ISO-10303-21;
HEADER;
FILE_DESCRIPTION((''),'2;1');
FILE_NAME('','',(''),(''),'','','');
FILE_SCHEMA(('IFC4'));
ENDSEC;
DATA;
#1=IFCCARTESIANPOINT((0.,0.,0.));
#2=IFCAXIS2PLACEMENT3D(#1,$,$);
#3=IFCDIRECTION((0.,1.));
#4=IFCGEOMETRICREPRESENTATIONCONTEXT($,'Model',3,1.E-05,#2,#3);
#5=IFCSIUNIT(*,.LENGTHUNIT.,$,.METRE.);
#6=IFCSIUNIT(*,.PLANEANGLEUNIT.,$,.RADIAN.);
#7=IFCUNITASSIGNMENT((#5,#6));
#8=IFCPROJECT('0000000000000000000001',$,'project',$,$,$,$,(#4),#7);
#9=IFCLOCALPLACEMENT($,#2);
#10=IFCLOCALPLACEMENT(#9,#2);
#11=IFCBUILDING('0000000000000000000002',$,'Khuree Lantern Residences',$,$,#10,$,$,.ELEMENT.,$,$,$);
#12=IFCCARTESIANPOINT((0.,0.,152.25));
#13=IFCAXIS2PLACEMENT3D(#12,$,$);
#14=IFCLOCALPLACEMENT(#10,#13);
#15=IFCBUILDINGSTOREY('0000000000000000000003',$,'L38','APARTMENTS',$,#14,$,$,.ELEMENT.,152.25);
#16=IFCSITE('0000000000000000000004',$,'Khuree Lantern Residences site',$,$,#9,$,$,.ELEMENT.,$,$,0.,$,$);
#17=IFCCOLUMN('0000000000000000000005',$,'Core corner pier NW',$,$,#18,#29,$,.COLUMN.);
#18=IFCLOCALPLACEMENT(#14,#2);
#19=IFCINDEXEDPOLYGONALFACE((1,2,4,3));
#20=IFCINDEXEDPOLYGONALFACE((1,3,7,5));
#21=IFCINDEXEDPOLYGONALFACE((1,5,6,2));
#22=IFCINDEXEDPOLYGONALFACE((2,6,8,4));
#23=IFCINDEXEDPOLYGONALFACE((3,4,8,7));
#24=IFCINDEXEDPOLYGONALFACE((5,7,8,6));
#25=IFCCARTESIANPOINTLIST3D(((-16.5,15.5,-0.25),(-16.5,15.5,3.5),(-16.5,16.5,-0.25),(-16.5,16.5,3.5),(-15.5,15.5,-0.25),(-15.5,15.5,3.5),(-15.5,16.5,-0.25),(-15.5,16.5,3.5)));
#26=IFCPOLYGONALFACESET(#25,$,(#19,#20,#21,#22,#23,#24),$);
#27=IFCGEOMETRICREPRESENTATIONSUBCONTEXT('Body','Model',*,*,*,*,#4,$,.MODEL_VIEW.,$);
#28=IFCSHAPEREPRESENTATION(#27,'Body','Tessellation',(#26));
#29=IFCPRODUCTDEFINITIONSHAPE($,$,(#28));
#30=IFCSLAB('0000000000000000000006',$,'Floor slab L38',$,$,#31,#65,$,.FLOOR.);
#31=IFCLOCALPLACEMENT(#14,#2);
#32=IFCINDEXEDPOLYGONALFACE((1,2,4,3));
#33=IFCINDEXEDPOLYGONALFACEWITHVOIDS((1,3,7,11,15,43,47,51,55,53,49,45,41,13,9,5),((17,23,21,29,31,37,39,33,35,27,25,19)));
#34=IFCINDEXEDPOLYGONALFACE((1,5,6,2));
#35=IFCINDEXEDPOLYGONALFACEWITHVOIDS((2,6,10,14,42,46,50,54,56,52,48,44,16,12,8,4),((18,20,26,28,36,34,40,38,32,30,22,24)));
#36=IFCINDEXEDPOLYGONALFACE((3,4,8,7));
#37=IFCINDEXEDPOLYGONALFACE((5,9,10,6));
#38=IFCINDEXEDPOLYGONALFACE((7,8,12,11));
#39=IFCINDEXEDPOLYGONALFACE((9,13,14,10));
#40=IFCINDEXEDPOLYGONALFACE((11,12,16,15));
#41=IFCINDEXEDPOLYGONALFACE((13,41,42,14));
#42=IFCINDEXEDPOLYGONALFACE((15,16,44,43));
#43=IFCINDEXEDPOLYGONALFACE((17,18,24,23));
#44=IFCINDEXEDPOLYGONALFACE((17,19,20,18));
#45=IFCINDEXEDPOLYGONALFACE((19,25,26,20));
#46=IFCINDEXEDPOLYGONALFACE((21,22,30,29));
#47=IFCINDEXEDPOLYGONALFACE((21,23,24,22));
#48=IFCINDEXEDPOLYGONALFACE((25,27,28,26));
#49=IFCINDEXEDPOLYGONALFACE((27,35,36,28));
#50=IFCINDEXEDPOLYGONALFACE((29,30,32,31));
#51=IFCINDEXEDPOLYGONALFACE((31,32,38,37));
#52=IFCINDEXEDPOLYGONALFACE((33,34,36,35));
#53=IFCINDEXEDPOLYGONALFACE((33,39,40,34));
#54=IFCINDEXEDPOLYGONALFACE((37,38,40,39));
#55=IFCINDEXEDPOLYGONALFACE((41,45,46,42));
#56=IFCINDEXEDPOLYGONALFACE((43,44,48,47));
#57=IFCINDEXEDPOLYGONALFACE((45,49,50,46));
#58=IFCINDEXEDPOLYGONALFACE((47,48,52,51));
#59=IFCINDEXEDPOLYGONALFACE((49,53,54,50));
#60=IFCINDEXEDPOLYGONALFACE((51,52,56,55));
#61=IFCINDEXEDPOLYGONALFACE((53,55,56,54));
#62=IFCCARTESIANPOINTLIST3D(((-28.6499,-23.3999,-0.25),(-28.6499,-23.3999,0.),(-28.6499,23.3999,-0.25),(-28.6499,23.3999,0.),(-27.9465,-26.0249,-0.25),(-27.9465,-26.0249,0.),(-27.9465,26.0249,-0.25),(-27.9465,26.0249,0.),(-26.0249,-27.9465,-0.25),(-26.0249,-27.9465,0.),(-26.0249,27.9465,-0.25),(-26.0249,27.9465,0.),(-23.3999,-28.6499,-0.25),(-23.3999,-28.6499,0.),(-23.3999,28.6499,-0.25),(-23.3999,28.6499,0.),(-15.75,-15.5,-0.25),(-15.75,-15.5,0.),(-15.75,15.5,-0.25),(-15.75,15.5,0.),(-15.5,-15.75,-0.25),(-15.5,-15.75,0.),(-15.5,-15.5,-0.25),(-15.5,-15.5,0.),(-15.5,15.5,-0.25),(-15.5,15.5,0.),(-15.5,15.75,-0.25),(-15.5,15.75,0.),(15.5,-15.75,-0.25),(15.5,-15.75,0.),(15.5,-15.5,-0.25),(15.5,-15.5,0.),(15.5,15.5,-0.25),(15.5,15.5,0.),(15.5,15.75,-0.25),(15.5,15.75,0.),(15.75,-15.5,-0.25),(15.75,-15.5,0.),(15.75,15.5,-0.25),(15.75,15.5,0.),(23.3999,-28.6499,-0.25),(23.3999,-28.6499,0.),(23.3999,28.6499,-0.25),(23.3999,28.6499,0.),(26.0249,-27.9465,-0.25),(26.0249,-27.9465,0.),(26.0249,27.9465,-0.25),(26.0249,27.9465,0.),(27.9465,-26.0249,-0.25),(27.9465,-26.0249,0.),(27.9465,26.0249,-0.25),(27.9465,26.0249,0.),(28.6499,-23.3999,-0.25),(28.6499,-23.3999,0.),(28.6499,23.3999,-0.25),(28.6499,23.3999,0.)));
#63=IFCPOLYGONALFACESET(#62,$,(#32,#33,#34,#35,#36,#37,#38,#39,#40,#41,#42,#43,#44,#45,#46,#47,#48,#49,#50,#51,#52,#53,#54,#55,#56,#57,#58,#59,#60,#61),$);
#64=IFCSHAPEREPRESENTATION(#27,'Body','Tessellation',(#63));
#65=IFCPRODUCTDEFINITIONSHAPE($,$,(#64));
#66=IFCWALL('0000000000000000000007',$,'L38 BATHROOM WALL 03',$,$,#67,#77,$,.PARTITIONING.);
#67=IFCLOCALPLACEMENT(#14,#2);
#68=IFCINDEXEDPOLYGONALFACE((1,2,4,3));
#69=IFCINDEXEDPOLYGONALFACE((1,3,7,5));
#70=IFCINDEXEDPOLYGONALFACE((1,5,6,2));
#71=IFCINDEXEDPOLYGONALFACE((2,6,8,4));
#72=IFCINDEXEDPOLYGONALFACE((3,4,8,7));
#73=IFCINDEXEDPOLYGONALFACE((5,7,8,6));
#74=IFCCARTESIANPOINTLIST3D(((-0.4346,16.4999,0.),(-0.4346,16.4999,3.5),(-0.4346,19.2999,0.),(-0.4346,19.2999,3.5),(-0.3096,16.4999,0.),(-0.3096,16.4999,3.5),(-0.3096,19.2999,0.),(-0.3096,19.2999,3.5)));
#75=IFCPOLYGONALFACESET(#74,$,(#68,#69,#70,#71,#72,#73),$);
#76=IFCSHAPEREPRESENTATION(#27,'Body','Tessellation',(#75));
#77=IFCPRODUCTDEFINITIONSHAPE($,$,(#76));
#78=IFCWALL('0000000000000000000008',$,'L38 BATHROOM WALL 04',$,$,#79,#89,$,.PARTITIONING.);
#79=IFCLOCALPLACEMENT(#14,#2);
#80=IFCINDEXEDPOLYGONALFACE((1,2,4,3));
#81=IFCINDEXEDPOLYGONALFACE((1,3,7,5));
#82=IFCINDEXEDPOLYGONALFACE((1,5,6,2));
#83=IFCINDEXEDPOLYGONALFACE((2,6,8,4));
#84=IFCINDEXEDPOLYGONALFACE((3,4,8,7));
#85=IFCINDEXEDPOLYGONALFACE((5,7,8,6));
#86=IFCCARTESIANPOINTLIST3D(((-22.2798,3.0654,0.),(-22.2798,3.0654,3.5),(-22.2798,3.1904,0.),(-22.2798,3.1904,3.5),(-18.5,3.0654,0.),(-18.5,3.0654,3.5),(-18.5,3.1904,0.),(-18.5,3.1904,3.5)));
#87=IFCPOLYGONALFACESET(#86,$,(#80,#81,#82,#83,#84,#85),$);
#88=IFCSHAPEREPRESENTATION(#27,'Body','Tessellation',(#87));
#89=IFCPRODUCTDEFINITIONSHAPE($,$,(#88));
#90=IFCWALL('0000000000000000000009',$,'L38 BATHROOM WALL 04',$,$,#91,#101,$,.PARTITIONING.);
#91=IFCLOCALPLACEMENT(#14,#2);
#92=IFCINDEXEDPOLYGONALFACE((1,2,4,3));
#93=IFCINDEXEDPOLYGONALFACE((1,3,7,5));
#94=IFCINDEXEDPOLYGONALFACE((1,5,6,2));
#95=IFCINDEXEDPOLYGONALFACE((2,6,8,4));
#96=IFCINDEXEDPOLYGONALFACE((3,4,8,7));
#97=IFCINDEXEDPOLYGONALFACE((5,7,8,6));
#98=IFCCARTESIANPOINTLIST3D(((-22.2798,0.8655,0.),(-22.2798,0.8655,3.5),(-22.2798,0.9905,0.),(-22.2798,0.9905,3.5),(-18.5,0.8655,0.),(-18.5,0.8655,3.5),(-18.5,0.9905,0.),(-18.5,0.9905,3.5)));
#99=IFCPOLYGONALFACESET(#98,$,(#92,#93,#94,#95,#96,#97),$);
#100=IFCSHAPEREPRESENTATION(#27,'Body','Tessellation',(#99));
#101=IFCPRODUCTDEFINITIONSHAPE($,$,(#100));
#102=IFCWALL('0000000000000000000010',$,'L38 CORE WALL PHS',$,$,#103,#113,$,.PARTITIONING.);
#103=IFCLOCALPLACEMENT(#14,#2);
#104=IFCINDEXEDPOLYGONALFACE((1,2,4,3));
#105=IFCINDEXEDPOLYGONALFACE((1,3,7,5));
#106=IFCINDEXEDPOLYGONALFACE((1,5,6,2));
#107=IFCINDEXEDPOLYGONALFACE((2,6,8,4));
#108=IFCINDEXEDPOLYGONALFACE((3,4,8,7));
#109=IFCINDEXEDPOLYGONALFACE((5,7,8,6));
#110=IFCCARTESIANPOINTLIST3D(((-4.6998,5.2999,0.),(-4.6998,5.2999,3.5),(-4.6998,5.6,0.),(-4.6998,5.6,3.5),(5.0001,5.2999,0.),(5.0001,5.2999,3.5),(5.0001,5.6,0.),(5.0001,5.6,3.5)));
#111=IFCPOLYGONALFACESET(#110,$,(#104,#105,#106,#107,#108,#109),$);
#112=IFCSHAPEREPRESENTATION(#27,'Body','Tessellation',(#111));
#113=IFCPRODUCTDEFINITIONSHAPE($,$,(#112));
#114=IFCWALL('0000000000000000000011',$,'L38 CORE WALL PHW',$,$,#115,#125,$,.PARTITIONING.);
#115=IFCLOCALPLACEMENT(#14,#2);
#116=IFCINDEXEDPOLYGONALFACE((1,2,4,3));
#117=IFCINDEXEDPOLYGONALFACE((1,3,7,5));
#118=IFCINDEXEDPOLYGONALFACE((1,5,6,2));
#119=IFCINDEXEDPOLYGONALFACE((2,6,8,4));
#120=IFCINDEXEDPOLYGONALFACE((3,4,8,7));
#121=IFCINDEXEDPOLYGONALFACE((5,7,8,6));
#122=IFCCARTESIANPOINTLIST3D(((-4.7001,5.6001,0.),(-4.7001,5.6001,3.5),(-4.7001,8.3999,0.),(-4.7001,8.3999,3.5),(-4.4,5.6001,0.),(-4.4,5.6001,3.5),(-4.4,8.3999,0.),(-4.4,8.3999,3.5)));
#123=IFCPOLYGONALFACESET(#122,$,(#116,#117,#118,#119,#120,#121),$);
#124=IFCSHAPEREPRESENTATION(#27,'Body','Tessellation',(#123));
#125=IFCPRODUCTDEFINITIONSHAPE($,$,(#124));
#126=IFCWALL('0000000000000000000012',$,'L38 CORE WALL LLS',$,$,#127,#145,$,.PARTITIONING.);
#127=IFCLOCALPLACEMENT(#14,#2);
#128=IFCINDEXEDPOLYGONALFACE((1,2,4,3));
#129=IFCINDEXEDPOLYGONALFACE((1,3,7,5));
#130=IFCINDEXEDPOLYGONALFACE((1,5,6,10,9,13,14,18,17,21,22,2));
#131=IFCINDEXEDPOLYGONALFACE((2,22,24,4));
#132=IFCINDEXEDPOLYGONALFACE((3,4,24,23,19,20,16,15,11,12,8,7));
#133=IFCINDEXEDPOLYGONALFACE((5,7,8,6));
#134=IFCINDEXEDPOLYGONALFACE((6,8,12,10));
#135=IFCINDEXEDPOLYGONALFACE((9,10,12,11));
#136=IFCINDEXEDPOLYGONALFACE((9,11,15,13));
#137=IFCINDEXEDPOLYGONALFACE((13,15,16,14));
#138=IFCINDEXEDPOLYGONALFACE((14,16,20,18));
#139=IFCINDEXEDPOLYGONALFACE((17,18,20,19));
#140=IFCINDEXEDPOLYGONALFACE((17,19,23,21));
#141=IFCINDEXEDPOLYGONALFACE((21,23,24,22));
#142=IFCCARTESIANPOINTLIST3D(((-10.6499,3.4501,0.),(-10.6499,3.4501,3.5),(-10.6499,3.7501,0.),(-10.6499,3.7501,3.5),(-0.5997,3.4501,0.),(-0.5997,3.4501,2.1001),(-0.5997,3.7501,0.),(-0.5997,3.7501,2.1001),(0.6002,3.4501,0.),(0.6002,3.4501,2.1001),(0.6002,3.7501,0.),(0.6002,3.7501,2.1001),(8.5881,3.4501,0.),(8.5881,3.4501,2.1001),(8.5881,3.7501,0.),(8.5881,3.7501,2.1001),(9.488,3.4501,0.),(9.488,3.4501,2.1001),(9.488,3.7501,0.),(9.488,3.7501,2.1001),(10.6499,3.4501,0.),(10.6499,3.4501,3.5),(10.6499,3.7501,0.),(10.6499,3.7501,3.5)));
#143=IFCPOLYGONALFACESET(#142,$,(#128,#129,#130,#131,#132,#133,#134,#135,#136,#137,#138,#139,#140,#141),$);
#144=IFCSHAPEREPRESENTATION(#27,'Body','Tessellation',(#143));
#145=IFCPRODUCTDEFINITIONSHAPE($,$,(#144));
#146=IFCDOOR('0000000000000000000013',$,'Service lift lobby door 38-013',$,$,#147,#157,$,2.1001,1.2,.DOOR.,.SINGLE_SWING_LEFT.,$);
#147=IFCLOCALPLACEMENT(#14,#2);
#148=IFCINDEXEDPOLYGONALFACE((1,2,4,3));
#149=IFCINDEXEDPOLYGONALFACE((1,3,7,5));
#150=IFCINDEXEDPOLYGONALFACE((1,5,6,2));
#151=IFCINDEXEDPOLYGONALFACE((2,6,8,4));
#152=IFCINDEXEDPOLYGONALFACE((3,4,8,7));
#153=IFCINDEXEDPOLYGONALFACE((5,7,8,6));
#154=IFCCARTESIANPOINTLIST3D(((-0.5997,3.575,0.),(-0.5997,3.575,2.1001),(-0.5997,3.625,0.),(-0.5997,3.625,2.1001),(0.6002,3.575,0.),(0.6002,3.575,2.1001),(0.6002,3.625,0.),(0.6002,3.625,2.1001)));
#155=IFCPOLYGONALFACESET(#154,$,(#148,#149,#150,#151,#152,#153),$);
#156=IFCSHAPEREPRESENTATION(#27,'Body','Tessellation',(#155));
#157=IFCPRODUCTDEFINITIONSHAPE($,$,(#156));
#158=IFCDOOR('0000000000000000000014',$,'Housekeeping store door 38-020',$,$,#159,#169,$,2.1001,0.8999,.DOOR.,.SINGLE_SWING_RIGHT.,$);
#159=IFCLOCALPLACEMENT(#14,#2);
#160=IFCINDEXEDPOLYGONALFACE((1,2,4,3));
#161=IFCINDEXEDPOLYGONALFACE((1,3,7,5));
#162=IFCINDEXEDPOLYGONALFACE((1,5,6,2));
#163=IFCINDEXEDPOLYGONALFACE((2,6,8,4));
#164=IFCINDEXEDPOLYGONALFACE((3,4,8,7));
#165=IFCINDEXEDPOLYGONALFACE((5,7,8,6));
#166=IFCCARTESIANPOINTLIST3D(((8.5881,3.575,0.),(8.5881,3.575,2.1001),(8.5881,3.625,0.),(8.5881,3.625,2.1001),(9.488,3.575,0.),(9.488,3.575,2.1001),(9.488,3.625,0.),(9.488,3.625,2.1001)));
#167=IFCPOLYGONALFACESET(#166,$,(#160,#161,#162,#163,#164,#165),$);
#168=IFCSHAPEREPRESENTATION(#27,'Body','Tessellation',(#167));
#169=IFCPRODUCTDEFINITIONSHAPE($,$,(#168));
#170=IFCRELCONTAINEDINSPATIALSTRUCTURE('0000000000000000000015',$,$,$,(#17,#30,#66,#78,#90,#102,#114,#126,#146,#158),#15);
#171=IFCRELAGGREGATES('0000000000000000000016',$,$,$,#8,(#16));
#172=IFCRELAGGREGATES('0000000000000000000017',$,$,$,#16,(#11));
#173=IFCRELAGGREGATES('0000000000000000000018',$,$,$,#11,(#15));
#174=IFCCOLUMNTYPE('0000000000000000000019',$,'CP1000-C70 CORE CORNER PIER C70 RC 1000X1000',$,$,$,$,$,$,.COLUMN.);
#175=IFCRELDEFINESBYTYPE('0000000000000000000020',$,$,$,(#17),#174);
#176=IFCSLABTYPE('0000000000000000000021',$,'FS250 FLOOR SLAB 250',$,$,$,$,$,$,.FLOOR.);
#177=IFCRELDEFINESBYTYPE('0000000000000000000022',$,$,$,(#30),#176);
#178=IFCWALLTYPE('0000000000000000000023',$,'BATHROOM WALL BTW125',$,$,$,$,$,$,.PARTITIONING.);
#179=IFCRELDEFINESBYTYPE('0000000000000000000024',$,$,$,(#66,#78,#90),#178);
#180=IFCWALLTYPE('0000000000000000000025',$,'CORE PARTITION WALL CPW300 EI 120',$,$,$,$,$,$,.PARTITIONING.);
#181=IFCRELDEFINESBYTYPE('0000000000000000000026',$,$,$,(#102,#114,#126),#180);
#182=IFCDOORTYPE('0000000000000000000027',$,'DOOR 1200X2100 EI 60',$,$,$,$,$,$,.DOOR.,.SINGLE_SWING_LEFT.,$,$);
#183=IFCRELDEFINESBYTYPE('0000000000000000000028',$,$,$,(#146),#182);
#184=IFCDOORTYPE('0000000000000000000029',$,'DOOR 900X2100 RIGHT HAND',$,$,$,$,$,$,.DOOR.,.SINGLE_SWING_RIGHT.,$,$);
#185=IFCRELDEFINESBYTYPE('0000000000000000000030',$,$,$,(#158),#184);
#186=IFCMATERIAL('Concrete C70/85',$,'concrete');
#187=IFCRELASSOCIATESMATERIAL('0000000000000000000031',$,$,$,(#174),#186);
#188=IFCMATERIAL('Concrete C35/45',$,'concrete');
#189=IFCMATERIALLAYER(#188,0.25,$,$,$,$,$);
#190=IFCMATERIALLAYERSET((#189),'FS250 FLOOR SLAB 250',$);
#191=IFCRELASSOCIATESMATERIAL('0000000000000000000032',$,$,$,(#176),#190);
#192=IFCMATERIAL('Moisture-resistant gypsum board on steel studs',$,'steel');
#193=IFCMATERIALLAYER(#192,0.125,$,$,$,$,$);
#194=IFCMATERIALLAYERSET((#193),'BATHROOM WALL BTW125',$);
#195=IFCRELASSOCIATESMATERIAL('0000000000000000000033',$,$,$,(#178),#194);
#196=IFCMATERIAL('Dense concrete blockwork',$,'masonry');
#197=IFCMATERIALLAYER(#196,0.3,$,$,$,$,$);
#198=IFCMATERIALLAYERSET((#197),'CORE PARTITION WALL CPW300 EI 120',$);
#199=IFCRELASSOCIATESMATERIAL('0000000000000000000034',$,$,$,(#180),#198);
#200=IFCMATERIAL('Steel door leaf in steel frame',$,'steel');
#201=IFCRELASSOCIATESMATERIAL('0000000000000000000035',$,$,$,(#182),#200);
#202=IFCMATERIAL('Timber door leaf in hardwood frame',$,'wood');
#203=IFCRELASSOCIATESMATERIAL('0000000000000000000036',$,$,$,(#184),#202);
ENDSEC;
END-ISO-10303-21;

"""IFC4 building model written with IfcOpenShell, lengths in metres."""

from ifc_helpers import new_model, si_unit, direction, frame, frame_2d, origin, origin_2d, place, context, subcontext, project, spatial, polyline, rectangle, outline, extrude, material, layer, layer_set, material_profile, profile_set, type_object, element, fill, save


model = new_model("IFC4")

# Units and contexts
model_context = context("Model", 3, precision=1e-05, world=origin(), true_north=direction((0.0, 1.0)))
body_context = subcontext(model_context, "Body", "Model", "MODEL_VIEW")
ifc_project = project(units=[si_unit("LENGTHUNIT", "METRE"), si_unit("PLANEANGLEUNIT", "RADIAN")], contexts=[model_context])

# Site, building, storey
site_placement = place(None, origin())
site = spatial("IfcSite", under=ifc_project, at=site_placement, Name="Khuree Lantern Residences site", CompositionType="ELEMENT", RefElevation=0.0)
building_placement = place(site_placement, origin())
building = spatial("IfcBuilding", under=site, at=building_placement, Name="Khuree Lantern Residences", CompositionType="ELEMENT")
storey_placement = place(building_placement, frame((0.0, 0.0, 152.25)))
storey = spatial("IfcBuildingStorey", under=building, at=storey_placement, Name="L38", Description="APARTMENTS", CompositionType="ELEMENT", Elevation=152.25)

# Column
ifc_material_1 = material(Name="Concrete C70/85", Category="concrete")
ifc_material_profile = material_profile(ifc_material_1, rectangle(XDim=1.0, YDim=1.0, at=origin_2d()), Name="RC 1000X1000")
ifc_profile_set = profile_set([ifc_material_profile], Name="Concrete C70/85")
column_type = type_object("IfcColumnType", Name="CP1000-C70 CORE CORNER PIER C70 RC 1000X1000", PredefinedType="COLUMN", material=ifc_profile_set)
column_placement = place(storey_placement, frame((-16.0, 16.0, -0.25), z_axis=(0.0, 0.0, 1.0), x_axis=(1.0, 0.0, 0.0)))
element("IfcColumn", 1, at=column_placement, inside=storey, type_object=column_type, Name="Core corner pier NW", PredefinedType="COLUMN", context=body_context, shape_type="SweptSolid", body=[
    extrude(rectangle(XDim=1.0, YDim=1.0, at=origin_2d()), origin(), (0.0, 0.0, 1.0), 3.75),
])

# Slab
ifc_material_2 = material(Name="Concrete C35/45", Category="concrete")
ifc_layer_1 = layer(ifc_material_2, 0.25)
ifc_layer_set_1 = layer_set([ifc_layer_1], Name="FS250 FLOOR SLAB 250")
slab_type = type_object("IfcSlabType", Name="FS250 FLOOR SLAB 250", PredefinedType="FLOOR", material=ifc_layer_set_1)
slab_placement = place(storey_placement, frame((0.0, 0.0, -0.25)))
element("IfcSlab", 2, at=slab_placement, inside=storey, type_object=slab_type, Name="Floor slab L38", PredefinedType="FLOOR", context=body_context, shape_type="SweptSolid", body=[
    extrude(outline(polyline([(-26.0249, -27.9465), (-27.9465, -26.0249), (-28.6499, -23.3999), (-28.6499, 23.3999), (-27.9465, 26.0249), (-26.0249, 27.9465), (-23.3999, 28.6499), (23.3999, 28.6499), (26.0249, 27.9465), (27.9465, 26.0249), (28.6499, 23.3999), (28.6499, -23.3999), (27.9465, -26.0249), (26.0249, -27.9465), (23.3999, -28.6499), (-23.3999, -28.6499), (-26.0249, -27.9465)]), holes=[polyline([(15.75, 15.5), (15.5, 15.5), (15.5, 15.75), (-15.5, 15.75), (-15.5, 15.5), (-15.75, 15.5), (-15.75, -15.5), (-15.5, -15.5), (-15.5, -15.75), (15.5, -15.75), (15.5, -15.5), (15.75, -15.5), (15.75, 15.5)])]), origin(), (0.0, 0.0, 1.0), 0.25),
])

# Walls
ifc_material_3 = material(Name="Moisture-resistant gypsum board on steel studs", Category="steel")
ifc_layer_2 = layer(ifc_material_3, 0.125)
ifc_layer_set_2 = layer_set([ifc_layer_2], Name="BATHROOM WALL BTW125")
wall_type_1 = type_object("IfcWallType", Name="BATHROOM WALL BTW125", PredefinedType="PARTITIONING", material=ifc_layer_set_2)
wall_1_placement = place(storey_placement, frame((-0.3721, 16.5, 0.0), z_axis=(0.0, 0.0, 1.0), x_axis=(0.0, 1.0, 0.0)))
element("IfcWall", 3, at=wall_1_placement, inside=storey, type_object=wall_type_1, Name="L38 BATHROOM WALL 03", PredefinedType="PARTITIONING", context=body_context, shape_type="SweptSolid", body=[
    extrude(rectangle(XDim=2.8, YDim=0.125, at=frame_2d((1.3999, 0.0))), origin(), (0.0, 0.0, 1.0), 3.5),
])
for number, where, z_axis, x_axis, name in (
    (4, (-18.5, 3.1279, 0.0), (0.0, 0.0, 1.0), (-1.0, 0.0, 0.0), "L38 BATHROOM WALL 04"),
    (5, (-18.5, 0.928, 0.0), (0.0, 0.0, 1.0), (-1.0, 0.0, 0.0), "L38 BATHROOM WALL 04"),
):
    element("IfcWall", number, at=place(storey_placement, frame(where, z_axis=z_axis, x_axis=x_axis)), inside=storey, type_object=wall_type_1, Name=name, PredefinedType="PARTITIONING", context=body_context, shape_type="SweptSolid", body=[
        extrude(rectangle(XDim=3.7798, YDim=0.125, at=frame_2d((1.8899, 0.0))), origin(), (0.0, 0.0, 1.0), 3.5),
    ])
ifc_material_4 = material(Name="Dense concrete blockwork", Category="masonry")
ifc_layer_3 = layer(ifc_material_4, 0.3)
ifc_layer_set_3 = layer_set([ifc_layer_3], Name="CORE PARTITION WALL CPW300 EI 120")
wall_type_2 = type_object("IfcWallType", Name="CORE PARTITION WALL CPW300 EI 120", PredefinedType="PARTITIONING", material=ifc_layer_set_3)
wall_2_placement = place(storey_placement, frame((-4.7, 5.45, 0.0), z_axis=(0.0, 0.0, 1.0), x_axis=(1.0, 0.0, 0.0)))
element("IfcWall", 6, at=wall_2_placement, inside=storey, type_object=wall_type_2, Name="L38 CORE WALL PHS", PredefinedType="PARTITIONING", context=body_context, shape_type="SweptSolid", body=[
    extrude(rectangle(XDim=9.7, YDim=0.3, at=frame_2d((4.8501, 0.0))), origin(), (0.0, 0.0, 1.0), 3.5),
])
wall_3_placement = place(storey_placement, frame((-4.55, 5.6001, 0.0), z_axis=(0.0, 0.0, 1.0), x_axis=(0.0, 1.0, 0.0)))
element("IfcWall", 7, at=wall_3_placement, inside=storey, type_object=wall_type_2, Name="L38 CORE WALL PHW", PredefinedType="PARTITIONING", context=body_context, shape_type="SweptSolid", body=[
    extrude(rectangle(XDim=2.7998, YDim=0.3, at=frame_2d((1.3999, 0.0))), origin(), (0.0, 0.0, 1.0), 3.5),
])

# Wall, openings, doors
wall_4_placement = place(storey_placement, frame((-10.6499, 3.6001, 0.0), z_axis=(0.0, 0.0, 1.0), x_axis=(1.0, 0.0, 0.0)))
wall_4 = element("IfcWall", 8, at=wall_4_placement, inside=storey, type_object=wall_type_2, Name="L38 CORE WALL LLS", PredefinedType="PARTITIONING", context=body_context, shape_type="SweptSolid", body=[
    extrude(rectangle(XDim=21.2998, YDim=0.3, at=frame_2d((10.6499, 0.0))), origin(), (0.0, 0.0, 1.0), 3.5),
])
opening_1_placement = place(wall_4_placement, frame((10.05, 0.0, 0.0)))
opening_1 = element("IfcOpeningElement", 9, at=opening_1_placement, cuts=wall_4, PredefinedType="OPENING", context=body_context, shape_type="SweptSolid", body=[
    extrude(rectangle(XDim=1.2, YDim=2.1001, at=frame_2d((0.6001, 1.05))), frame((0.0, 0.1602, 0.0), z_axis=(0.0, -1.0, 0.0), x_axis=(1.0, 0.0, 0.0)), (0.0, 0.0, 1.0), 0.3201),
])
opening_2_placement = place(wall_4_placement, frame((19.238, 0.0, 0.0)))
opening_2 = element("IfcOpeningElement", 10, at=opening_2_placement, cuts=wall_4, PredefinedType="OPENING", context=body_context, shape_type="SweptSolid", body=[
    extrude(rectangle(XDim=0.8999, YDim=2.1001, at=frame_2d((0.45, 1.05))), frame((0.0, 0.1602, 0.0), z_axis=(0.0, -1.0, 0.0), x_axis=(1.0, 0.0, 0.0)), (0.0, 0.0, 1.0), 0.3201),
])
ifc_material_5 = material(Name="Steel door leaf in steel frame", Category="steel")
door_type_1 = type_object("IfcDoorType", Name="DOOR 1200X2100 EI 60", OperationType="SINGLE_SWING_LEFT", PredefinedType="DOOR", material=ifc_material_5)
door_1_placement = place(opening_1_placement, origin())
door_1 = element("IfcDoor", 11, at=door_1_placement, inside=storey, type_object=door_type_1, Name="Service lift lobby door 38-013", OperationType="SINGLE_SWING_LEFT", OverallHeight=2.1001, OverallWidth=1.2, PredefinedType="DOOR", context=body_context, shape_type="SweptSolid", body=[
    extrude(rectangle(XDim=1.2, YDim=2.1001, at=frame_2d((0.6001, 1.05))), frame((0.0, 0.0249, 0.0), z_axis=(0.0, -1.0, 0.0), x_axis=(1.0, 0.0, 0.0)), (0.0, 0.0, 1.0), 0.05),
])
fill(opening_1, door_1)
ifc_material_6 = material(Name="Timber door leaf in hardwood frame", Category="wood")
door_type_2 = type_object("IfcDoorType", Name="DOOR 900X2100 RIGHT HAND", OperationType="SINGLE_SWING_RIGHT", PredefinedType="DOOR", material=ifc_material_6)
door_2_placement = place(opening_2_placement, origin())
door_2 = element("IfcDoor", 12, at=door_2_placement, inside=storey, type_object=door_type_2, Name="Housekeeping store door 38-020", OperationType="SINGLE_SWING_RIGHT", OverallHeight=2.1001, OverallWidth=0.8999, PredefinedType="DOOR", context=body_context, shape_type="SweptSolid", body=[
    extrude(rectangle(XDim=0.8999, YDim=2.1001, at=frame_2d((0.45, 1.05))), frame((0.0, 0.0249, 0.0), z_axis=(0.0, -1.0, 0.0), x_axis=(1.0, 0.0, 0.0)), (0.0, 0.0, 1.0), 0.05),
])
fill(opening_2, door_2)

save(model, "model.ifc")
